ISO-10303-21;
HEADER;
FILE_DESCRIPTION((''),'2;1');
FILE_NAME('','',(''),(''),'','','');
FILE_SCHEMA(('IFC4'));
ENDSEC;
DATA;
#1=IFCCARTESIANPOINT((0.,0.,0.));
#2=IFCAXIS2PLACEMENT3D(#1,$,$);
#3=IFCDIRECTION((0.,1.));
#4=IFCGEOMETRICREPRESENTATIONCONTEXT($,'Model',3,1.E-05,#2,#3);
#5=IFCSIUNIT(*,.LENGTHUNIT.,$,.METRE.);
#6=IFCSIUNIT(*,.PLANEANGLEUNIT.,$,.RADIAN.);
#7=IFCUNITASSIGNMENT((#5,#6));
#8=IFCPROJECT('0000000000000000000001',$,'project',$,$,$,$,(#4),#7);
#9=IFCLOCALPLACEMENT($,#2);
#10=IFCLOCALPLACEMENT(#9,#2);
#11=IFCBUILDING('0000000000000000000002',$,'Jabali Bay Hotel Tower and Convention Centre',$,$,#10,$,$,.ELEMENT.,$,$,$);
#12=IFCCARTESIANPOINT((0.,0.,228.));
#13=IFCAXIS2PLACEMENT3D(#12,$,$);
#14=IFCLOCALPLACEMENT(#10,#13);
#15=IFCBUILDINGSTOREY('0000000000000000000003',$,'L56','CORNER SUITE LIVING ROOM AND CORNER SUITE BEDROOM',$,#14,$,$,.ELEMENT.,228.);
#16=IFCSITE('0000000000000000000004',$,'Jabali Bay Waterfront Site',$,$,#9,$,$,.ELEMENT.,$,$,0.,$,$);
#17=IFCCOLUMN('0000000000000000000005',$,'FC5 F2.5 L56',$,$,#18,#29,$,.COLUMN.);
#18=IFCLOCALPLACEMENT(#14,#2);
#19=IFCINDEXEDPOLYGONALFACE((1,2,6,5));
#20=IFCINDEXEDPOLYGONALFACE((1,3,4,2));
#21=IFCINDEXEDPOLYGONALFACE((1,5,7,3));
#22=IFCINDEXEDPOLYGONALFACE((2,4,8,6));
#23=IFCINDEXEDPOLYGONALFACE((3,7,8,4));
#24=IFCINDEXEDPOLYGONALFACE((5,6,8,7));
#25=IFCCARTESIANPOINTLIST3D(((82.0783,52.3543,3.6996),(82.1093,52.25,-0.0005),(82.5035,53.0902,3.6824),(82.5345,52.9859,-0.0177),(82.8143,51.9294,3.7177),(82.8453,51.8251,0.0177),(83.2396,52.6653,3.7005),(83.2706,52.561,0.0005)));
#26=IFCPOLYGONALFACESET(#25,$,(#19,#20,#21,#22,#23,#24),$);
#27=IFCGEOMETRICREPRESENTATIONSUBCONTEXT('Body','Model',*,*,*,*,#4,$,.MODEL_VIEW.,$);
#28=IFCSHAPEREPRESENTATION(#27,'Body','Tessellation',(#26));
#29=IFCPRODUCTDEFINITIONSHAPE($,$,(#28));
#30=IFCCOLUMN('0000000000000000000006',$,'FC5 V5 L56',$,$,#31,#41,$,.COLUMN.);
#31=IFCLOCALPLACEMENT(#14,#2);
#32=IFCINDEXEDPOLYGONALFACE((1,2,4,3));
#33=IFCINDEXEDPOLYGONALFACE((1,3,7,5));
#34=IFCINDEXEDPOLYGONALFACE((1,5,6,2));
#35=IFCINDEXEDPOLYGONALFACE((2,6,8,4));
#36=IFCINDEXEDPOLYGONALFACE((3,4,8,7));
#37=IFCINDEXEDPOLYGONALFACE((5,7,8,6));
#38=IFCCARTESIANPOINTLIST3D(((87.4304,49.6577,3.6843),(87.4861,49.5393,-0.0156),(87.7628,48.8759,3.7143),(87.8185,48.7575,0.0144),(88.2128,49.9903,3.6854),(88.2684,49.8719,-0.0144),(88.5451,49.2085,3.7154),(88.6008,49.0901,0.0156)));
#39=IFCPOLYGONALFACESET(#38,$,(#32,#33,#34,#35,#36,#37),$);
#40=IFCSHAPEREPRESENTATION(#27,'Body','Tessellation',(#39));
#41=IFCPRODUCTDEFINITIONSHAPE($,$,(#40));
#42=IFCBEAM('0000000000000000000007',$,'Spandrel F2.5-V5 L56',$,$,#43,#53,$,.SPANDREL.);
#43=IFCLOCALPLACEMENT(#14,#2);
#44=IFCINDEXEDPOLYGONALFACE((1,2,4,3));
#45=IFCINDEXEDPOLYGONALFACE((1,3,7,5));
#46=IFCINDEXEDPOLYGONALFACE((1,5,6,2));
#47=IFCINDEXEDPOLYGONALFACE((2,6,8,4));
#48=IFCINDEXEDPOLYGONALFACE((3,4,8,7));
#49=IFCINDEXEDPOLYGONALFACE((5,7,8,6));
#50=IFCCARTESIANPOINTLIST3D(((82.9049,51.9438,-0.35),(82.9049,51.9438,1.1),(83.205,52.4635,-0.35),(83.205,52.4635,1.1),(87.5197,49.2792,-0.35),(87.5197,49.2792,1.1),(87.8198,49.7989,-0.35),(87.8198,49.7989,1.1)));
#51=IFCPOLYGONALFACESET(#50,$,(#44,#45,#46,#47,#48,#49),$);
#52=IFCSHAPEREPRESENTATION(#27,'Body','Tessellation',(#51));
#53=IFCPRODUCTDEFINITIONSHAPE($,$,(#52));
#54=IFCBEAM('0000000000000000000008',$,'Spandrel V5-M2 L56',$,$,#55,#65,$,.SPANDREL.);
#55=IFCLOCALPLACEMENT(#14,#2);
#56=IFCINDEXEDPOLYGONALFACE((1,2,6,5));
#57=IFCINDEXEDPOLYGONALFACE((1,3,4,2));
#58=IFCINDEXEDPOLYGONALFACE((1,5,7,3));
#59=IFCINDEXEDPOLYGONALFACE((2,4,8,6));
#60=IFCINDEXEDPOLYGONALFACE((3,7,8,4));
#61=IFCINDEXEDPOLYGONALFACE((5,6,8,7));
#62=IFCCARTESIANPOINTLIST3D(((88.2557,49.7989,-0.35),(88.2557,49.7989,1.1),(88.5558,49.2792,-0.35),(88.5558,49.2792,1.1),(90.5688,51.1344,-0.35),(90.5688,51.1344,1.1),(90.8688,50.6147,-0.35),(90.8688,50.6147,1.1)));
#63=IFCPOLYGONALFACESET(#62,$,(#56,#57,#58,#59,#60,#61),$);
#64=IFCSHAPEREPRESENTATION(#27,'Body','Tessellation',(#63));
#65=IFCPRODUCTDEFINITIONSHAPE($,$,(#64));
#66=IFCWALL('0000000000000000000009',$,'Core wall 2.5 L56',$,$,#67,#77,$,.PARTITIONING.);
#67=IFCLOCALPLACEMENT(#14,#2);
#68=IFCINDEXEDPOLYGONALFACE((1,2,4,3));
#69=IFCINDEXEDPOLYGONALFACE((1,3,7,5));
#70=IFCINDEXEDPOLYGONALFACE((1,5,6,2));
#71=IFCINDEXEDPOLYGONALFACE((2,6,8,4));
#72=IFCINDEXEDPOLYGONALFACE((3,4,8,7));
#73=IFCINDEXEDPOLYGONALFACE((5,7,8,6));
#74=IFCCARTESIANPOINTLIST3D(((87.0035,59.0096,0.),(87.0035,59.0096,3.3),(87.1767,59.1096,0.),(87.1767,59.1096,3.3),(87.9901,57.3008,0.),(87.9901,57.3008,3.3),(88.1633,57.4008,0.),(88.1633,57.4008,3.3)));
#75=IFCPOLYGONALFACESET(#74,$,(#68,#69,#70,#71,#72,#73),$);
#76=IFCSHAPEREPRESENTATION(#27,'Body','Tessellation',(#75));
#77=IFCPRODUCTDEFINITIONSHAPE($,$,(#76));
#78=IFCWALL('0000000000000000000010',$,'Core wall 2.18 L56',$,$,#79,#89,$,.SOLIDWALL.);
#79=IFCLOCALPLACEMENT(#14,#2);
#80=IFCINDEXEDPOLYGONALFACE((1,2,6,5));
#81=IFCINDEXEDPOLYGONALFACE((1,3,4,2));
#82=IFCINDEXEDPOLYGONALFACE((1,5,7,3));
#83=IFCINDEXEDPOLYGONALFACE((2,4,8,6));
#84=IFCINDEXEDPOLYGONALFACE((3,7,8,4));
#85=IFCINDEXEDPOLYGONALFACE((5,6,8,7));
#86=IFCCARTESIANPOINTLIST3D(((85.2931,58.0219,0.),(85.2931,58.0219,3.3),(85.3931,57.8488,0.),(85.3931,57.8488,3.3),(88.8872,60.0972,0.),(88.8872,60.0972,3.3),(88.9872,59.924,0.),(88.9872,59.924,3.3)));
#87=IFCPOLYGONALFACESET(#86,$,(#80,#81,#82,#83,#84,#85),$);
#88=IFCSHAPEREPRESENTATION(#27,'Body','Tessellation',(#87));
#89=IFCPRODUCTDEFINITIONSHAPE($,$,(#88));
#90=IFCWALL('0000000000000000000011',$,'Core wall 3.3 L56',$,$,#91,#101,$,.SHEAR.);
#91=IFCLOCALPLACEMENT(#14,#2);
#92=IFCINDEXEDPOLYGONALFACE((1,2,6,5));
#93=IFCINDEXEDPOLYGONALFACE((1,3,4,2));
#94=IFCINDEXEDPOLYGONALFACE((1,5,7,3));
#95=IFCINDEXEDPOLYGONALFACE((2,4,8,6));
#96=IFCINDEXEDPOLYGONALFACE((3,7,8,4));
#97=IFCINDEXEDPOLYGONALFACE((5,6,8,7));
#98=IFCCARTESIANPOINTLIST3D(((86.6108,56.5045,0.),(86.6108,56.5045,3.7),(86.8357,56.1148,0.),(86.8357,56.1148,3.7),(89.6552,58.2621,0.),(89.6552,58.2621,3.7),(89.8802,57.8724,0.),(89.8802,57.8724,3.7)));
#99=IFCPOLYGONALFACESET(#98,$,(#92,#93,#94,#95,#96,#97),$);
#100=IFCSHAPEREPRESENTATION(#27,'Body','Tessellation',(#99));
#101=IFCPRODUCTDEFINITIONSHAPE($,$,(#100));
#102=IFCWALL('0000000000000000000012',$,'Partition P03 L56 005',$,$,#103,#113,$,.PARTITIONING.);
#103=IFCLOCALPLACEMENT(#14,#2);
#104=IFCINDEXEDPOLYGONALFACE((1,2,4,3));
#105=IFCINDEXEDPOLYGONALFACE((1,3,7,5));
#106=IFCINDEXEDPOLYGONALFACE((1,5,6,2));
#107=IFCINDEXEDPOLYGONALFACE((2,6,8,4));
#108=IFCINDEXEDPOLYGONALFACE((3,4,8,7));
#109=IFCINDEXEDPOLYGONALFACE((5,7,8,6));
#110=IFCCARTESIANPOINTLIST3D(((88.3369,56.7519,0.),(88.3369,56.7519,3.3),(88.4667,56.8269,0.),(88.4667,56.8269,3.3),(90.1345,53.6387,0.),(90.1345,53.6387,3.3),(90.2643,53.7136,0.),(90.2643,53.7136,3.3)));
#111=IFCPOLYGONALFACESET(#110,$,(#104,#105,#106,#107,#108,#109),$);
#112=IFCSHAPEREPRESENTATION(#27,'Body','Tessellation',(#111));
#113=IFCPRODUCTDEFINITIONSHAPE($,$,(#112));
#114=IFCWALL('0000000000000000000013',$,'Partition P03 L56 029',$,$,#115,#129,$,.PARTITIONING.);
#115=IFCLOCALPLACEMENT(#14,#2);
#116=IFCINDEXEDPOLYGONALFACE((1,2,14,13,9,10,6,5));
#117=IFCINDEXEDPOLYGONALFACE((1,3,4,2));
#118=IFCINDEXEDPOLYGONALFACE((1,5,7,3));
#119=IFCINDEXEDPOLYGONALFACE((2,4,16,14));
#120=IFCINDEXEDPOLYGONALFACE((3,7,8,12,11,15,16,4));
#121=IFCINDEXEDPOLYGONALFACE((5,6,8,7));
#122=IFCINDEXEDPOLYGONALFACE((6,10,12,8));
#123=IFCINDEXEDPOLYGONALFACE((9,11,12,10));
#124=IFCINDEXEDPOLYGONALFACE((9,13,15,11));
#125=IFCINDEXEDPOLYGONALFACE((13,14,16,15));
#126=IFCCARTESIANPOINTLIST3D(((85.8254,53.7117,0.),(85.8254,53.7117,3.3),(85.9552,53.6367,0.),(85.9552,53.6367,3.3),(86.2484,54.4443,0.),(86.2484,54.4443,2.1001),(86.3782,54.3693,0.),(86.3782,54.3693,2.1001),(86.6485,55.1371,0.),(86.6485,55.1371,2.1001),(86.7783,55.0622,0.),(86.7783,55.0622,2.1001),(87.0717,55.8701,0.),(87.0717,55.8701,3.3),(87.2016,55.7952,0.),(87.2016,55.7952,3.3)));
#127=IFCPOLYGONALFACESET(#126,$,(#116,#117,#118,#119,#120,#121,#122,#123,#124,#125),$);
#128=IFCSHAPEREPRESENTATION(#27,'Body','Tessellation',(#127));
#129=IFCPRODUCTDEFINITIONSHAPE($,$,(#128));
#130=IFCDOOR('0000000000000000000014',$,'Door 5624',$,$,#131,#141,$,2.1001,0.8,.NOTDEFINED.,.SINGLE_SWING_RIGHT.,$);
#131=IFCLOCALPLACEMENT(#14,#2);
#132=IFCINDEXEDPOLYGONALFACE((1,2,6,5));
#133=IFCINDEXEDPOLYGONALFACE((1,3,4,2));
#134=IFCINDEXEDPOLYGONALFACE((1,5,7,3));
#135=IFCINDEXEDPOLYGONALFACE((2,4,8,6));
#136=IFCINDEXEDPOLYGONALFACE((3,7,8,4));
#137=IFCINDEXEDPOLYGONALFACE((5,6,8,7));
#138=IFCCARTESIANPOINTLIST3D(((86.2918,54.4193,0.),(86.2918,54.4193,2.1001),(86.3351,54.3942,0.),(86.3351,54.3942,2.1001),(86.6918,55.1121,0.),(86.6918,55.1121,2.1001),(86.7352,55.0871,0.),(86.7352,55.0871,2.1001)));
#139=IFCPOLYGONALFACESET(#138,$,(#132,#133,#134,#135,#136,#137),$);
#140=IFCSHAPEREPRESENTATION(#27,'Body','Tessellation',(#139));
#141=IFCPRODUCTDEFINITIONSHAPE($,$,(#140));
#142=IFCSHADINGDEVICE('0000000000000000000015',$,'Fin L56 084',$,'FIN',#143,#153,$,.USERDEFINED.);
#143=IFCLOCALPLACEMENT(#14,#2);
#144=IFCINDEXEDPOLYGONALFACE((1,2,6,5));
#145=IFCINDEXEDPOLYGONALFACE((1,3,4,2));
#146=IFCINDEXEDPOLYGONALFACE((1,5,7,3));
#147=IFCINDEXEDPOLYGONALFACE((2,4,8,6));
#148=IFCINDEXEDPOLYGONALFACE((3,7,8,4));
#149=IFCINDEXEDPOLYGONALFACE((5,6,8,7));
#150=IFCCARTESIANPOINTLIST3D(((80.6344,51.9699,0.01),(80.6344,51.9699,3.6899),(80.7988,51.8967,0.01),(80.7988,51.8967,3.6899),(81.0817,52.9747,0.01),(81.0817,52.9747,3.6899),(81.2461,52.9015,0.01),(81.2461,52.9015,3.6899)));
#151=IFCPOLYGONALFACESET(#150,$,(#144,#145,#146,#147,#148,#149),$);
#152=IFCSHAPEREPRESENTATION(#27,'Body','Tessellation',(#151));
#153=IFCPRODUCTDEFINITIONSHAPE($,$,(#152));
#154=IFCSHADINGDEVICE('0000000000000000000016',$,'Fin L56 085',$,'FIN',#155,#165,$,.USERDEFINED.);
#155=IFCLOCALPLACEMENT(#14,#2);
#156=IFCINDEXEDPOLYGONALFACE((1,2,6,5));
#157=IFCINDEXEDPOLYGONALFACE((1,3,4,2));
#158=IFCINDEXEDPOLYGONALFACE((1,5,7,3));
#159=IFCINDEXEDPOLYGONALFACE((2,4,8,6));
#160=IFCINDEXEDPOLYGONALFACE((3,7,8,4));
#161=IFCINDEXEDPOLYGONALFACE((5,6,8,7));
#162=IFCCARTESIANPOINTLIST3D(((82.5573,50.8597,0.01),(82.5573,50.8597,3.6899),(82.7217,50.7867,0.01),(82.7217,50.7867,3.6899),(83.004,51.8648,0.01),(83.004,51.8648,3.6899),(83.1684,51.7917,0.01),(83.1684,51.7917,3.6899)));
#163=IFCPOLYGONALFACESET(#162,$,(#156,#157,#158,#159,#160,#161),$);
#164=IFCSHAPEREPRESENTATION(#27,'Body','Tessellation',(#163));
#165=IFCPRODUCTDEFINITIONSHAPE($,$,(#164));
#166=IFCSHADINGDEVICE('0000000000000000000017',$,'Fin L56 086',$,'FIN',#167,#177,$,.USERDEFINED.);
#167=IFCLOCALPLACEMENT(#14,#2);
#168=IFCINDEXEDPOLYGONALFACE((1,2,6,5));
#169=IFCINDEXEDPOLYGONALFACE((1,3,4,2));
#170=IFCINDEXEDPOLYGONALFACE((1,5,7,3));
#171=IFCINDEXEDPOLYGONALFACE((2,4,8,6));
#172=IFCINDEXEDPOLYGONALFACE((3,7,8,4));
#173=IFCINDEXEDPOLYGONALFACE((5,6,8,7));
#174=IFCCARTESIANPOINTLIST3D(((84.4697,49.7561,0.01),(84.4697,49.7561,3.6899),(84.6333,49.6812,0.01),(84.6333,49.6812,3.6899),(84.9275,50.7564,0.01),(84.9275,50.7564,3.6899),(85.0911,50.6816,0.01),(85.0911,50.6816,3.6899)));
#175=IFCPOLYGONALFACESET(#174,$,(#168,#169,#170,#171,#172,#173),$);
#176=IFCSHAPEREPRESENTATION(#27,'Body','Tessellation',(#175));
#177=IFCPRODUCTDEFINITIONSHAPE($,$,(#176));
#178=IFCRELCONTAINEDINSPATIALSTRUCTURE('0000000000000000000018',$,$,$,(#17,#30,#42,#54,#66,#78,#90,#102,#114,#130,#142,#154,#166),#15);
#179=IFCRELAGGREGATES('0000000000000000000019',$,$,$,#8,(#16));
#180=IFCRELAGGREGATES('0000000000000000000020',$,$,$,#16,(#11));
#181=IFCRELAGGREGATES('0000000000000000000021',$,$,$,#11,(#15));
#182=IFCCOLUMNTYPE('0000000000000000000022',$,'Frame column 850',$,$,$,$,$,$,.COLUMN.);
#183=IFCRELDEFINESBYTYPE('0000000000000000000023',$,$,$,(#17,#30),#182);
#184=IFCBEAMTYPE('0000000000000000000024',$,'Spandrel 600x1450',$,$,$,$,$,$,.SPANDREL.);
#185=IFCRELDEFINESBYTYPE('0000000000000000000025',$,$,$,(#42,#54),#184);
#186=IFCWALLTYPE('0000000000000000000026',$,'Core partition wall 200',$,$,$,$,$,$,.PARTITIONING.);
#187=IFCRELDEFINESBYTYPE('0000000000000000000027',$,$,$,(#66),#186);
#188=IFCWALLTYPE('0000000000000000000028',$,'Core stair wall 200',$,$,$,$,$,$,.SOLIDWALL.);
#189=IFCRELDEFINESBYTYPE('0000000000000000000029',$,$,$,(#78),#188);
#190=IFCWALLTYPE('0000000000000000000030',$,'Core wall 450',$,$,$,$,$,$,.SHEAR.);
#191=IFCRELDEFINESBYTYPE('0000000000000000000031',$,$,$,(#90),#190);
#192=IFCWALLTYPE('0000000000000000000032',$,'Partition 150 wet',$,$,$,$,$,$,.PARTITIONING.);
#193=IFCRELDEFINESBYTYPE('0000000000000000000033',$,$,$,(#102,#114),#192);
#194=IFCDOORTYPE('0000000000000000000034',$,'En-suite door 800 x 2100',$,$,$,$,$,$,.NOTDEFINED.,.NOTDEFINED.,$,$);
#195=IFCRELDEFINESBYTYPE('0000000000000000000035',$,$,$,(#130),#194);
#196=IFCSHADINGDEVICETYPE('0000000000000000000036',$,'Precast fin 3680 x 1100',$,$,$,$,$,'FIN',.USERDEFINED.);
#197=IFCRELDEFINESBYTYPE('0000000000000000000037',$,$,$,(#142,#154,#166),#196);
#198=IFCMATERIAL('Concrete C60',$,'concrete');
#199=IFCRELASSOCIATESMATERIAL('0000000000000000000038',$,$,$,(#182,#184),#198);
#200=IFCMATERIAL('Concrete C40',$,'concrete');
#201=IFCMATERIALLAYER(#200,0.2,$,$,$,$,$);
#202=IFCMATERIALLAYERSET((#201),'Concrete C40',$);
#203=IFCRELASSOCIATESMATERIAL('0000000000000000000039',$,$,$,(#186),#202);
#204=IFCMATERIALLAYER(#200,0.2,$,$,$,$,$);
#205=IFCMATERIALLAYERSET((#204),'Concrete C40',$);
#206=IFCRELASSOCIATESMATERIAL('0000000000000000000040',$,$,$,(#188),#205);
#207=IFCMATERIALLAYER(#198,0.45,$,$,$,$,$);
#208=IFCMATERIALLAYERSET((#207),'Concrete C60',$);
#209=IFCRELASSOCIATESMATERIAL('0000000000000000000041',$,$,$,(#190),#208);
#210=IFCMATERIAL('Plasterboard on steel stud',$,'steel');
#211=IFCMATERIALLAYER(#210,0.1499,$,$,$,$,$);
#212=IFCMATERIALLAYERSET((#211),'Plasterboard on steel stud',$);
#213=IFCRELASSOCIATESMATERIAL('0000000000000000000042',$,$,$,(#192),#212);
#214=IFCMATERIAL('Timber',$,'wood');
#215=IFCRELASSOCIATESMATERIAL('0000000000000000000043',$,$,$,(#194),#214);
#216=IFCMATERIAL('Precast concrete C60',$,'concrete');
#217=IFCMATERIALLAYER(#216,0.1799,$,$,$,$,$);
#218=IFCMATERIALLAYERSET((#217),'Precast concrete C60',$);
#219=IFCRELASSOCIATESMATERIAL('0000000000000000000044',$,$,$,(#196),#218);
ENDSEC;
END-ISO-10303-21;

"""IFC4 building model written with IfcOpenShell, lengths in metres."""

from ifc_helpers import new_model, si_unit, direction, frame, frame_2d, origin, origin_2d, place, context, subcontext, project, spatial, rectangle, extrude, material, layer, layer_set, material_profile, profile_set, type_object, element, fill, save


model = new_model("IFC4")

# Units and contexts
model_context = context("Model", 3, precision=1e-05, world=origin(), true_north=direction((0.0, 1.0)))
body_context = subcontext(model_context, "Body", "Model", "MODEL_VIEW")
ifc_project = project(units=[si_unit("LENGTHUNIT", "METRE"), si_unit("PLANEANGLEUNIT", "RADIAN")], contexts=[model_context])

# Site, building, storey
site_placement = place(None, origin())
site = spatial("IfcSite", under=ifc_project, at=site_placement, Name="Jabali Bay Waterfront Site", CompositionType="ELEMENT", RefElevation=0.0)
building_placement = place(site_placement, origin())
building = spatial("IfcBuilding", under=site, at=building_placement, Name="Jabali Bay Hotel Tower and Convention Centre", CompositionType="ELEMENT")
storey_placement = place(building_placement, frame((0.0, 0.0, 228.0)))
storey = spatial("IfcBuildingStorey", under=building, at=storey_placement, Name="L56", Description="CORNER SUITE LIVING ROOM AND CORNER SUITE BEDROOM", CompositionType="ELEMENT", Elevation=228.0)

# Columns
ifc_material_1 = material(Name="Concrete C60", Category="concrete")
ifc_material_profile_1 = material_profile(ifc_material_1, rectangle(XDim=0.8501, YDim=0.8501, at=origin_2d()), Name="Frame column 850")
ifc_profile_set_1 = profile_set([ifc_material_profile_1], Name="Concrete C60")
column_type = type_object("IfcColumnType", Name="Frame column 850", PredefinedType="COLUMN", material=ifc_profile_set_1)
column_1_placement = place(storey_placement, frame((82.6899, 52.4055, 0.0), z_axis=(-0.008376, 0.028163, 0.999568), x_axis=(-0.50024, -0.865651, 0.020198)))
element("IfcColumn", 1, at=column_1_placement, inside=storey, type_object=column_type, Name="FC5 F2.5 L56", PredefinedType="COLUMN", context=body_context, shape_type="SweptSolid", body=[
    extrude(rectangle(XDim=0.8501, YDim=0.8501, at=origin_2d()), origin(), (0.0, 0.0, 1.0), 3.7017),
])
column_2_placement = place(storey_placement, frame((88.0435, 49.3147, 0.0), z_axis=(-0.015035, 0.031983, 0.999375), x_axis=(0.390992, -0.919716, 0.035316)))
element("IfcColumn", 2, at=column_2_placement, inside=storey, type_object=column_type, Name="FC5 V5 L56", PredefinedType="COLUMN", context=body_context, shape_type="SweptSolid", body=[
    extrude(rectangle(XDim=0.8501, YDim=0.8501, at=origin_2d()), origin(), (0.0, 0.0, 1.0), 3.7021),
])

# Beams
ifc_material_profile_2 = material_profile(ifc_material_1, rectangle(XDim=0.6001, YDim=1.45, at=origin_2d()), Name="Spandrel 600x1450")
ifc_profile_set_2 = profile_set([ifc_material_profile_2], Name="Concrete C60")
beam_type = type_object("IfcBeamType", Name="Spandrel 600x1450", PredefinedType="SPANDREL", material=ifc_profile_set_2)
beam_1_placement = place(storey_placement, frame((83.0549, 52.2036, 0.375), z_axis=(0.866007, -0.500032, 0.0), x_axis=(0.500032, 0.866007, 0.0)))
element("IfcBeam", 3, at=beam_1_placement, inside=storey, type_object=beam_type, Name="Spandrel F2.5-V5 L56", PredefinedType="SPANDREL", context=body_context, shape_type="SweptSolid", body=[
    extrude(rectangle(XDim=0.6001, YDim=1.45, at=origin_2d()), origin(), (0.0, 0.0, 1.0), 5.3289),
])
beam_2_placement = place(storey_placement, frame((88.4058, 49.5391, 0.375), z_axis=(0.866018, 0.500013, 0.0), x_axis=(-0.500013, 0.866018, 0.0)))
element("IfcBeam", 4, at=beam_2_placement, inside=storey, type_object=beam_type, Name="Spandrel V5-M2 L56", PredefinedType="SPANDREL", context=body_context, shape_type="SweptSolid", body=[
    extrude(rectangle(XDim=0.6001, YDim=1.45, at=origin_2d()), origin(), (0.0, 0.0, 1.0), 2.6709),
])

# Walls
ifc_material_2 = material(Name="Concrete C40", Category="concrete")
ifc_layer_1 = layer(ifc_material_2, 0.2)
ifc_layer_set_1 = layer_set([ifc_layer_1], Name="Concrete C40")
wall_type_1 = type_object("IfcWallType", Name="Core partition wall 200", PredefinedType="PARTITIONING", material=ifc_layer_set_1)
wall_1_placement = place(storey_placement, frame((87.0901, 59.0596, 0.0), z_axis=(0.0, 0.0, 1.0), x_axis=(0.500012, -0.866019, 0.0)))
element("IfcWall", 5, at=wall_1_placement, inside=storey, type_object=wall_type_1, Name="Core wall 2.5 L56", PredefinedType="PARTITIONING", context=body_context, shape_type="SweptSolid", body=[
    extrude(rectangle(XDim=1.9731, YDim=0.2, at=frame_2d((0.9866, 0.0))), origin(), (0.0, 0.0, 1.0), 3.3),
])
ifc_layer_2 = layer(ifc_material_2, 0.2)
ifc_layer_set_2 = layer_set([ifc_layer_2], Name="Concrete C40")
wall_type_2 = type_object("IfcWallType", Name="Core stair wall 200", PredefinedType="SOLIDWALL", material=ifc_layer_set_2)
wall_2_placement = place(storey_placement, frame((85.343, 57.9353, 0.0), z_axis=(0.0, 0.0, 1.0), x_axis=(0.866004, 0.500036, 0.0)))
element("IfcWall", 6, at=wall_2_placement, inside=storey, type_object=wall_type_2, Name="Core wall 2.18 L56", PredefinedType="SOLIDWALL", context=body_context, shape_type="SweptSolid", body=[
    extrude(rectangle(XDim=4.1501, YDim=0.2, at=frame_2d((2.0752, 0.0))), origin(), (0.0, 0.0, 1.0), 3.3),
])
ifc_layer_3 = layer(ifc_material_1, 0.45)
ifc_layer_set_3 = layer_set([ifc_layer_3], Name="Concrete C60")
wall_type_3 = type_object("IfcWallType", Name="Core wall 450", PredefinedType="SHEAR", material=ifc_layer_set_3)
wall_3_placement = place(storey_placement, frame((86.7231, 56.3096, 0.0), z_axis=(0.0, 0.0, 1.0), x_axis=(0.866042, 0.499971, 0.0)))
element("IfcWall", 7, at=wall_3_placement, inside=storey, type_object=wall_type_3, Name="Core wall 3.3 L56", PredefinedType="SHEAR", context=body_context, shape_type="SweptSolid", body=[
    extrude(rectangle(XDim=3.5154, YDim=0.45, at=frame_2d((1.7578, 0.0))), origin(), (0.0, 0.0, 1.0), 3.7),
])

# Wall
ifc_material_3 = material(Name="Plasterboard on steel stud", Category="steel")
ifc_layer_4 = layer(ifc_material_3, 0.1499)
ifc_layer_set_4 = layer_set([ifc_layer_4], Name="Plasterboard on steel stud")
wall_type_4 = type_object("IfcWallType", Name="Partition 150 wet", PredefinedType="PARTITIONING", material=ifc_layer_set_4)
wall_4_placement = place(storey_placement, frame((88.4019, 56.7893, 0.0), z_axis=(0.0, 0.0, 1.0), x_axis=(0.500032, -0.866007, 0.0)))
element("IfcWall", 8, at=wall_4_placement, inside=storey, type_object=wall_type_4, Name="Partition P03 L56 005", PredefinedType="PARTITIONING", context=body_context, shape_type="SweptSolid", body=[
    extrude(rectangle(XDim=3.595, YDim=0.1499, at=frame_2d((1.7974, 0.0))), origin(), (0.0, 0.0, 1.0), 3.3),
])

# Wall, opening, door
wall_5_placement = place(storey_placement, frame((85.8904, 53.6743, 0.0), z_axis=(0.0, 0.0, 1.0), x_axis=(0.500047, 0.865998, 0.0)))
wall_5 = element("IfcWall", 9, at=wall_5_placement, inside=storey, type_object=wall_type_4, Name="Partition P03 L56 029", PredefinedType="PARTITIONING", context=body_context, shape_type="SweptSolid", body=[
    extrude(rectangle(XDim=2.4924, YDim=0.1499, at=frame_2d((1.2461, 0.0))), origin(), (0.0, 0.0, 1.0), 3.3),
])
opening_1_placement = place(wall_5_placement, frame((0.8459, 0.0, 0.0)))
opening_1 = element("IfcOpeningElement", 10, at=opening_1_placement, cuts=wall_5, PredefinedType="OPENING", context=body_context, shape_type="SweptSolid", body=[
    extrude(rectangle(XDim=0.8, YDim=2.1001, at=frame_2d((0.3999, 1.05))), frame((0.0, 0.0854, 0.0), z_axis=(0.0, -1.0, 0.0), x_axis=(1.0, 0.0, 0.0)), (0.0, 0.0, 1.0), 0.1709),
])
ifc_material_4 = material(Name="Timber", Category="wood")
door_type_1 = type_object("IfcDoorType", Name="En-suite door 800 x 2100", OperationType="NOTDEFINED", PredefinedType="NOTDEFINED", material=ifc_material_4)
door_1_placement = place(opening_1_placement, origin())
door_1 = element("IfcDoor", 11, at=door_1_placement, inside=storey, type_object=door_type_1, Name="Door 5624", OperationType="SINGLE_SWING_RIGHT", OverallHeight=2.1001, OverallWidth=0.8, PredefinedType="NOTDEFINED", context=body_context, shape_type="SweptSolid", body=[
    extrude(rectangle(XDim=0.8, YDim=2.1001, at=frame_2d((0.3999, 1.05))), frame((0.0, 0.0249, 0.0), z_axis=(0.0, -1.0, 0.0), x_axis=(1.0, 0.0, 0.0)), (0.0, 0.0, 1.0), 0.05),
])
fill(opening_1, door_1)

# Shading devices
ifc_material_5 = material(Name="Precast concrete C60", Category="concrete")
ifc_layer_5 = layer(ifc_material_5, 0.1799)
ifc_layer_set_5 = layer_set([ifc_layer_5], Name="Precast concrete C60")
shading_device_type_1 = type_object("IfcShadingDeviceType", Name="Precast fin 3680 x 1100", ElementType="FIN", PredefinedType="USERDEFINED", material=ifc_layer_set_5)
for number, where, z_axis, x_axis, name in (
    (12, (81.1638, 52.938, 0.01), (0.0, 0.0, 1.0), (-0.406633, -0.913592, 0.0), "Fin L56 084"),
    (13, (83.0862, 51.8281, 0.01), (0.0, 0.0, 1.0), (-0.40618, -0.913793, 0.0), "Fin L56 085"),
):
    element("IfcShadingDevice", number, at=place(storey_placement, frame(where, z_axis=z_axis, x_axis=x_axis)), inside=storey, type_object=shading_device_type_1, Name=name, ObjectType="FIN", PredefinedType="USERDEFINED", context=body_context, shape_type="SweptSolid", body=[
        extrude(rectangle(XDim=1.0999, YDim=0.1799, at=frame_2d((0.5498, 0.0))), origin(), (0.0, 0.0, 1.0), 3.6799),
    ])
for number, where, z_axis, x_axis, name in (
    (14, (85.0093, 50.719, 0.01), (0.0, 0.0, 1.0), (-0.416143, -0.909299, 0.0), "Fin L56 086"),
):
    element("IfcShadingDevice", number, at=place(storey_placement, frame(where, z_axis=z_axis, x_axis=x_axis)), inside=storey, type_object=shading_device_type_1, Name=name, ObjectType="FIN", PredefinedType="USERDEFINED", context=body_context, shape_type="SweptSolid", body=[
        extrude(rectangle(XDim=1.1001, YDim=0.1799, at=frame_2d((0.55, 0.0))), origin(), (0.0, 0.0, 1.0), 3.6799),
    ])

save(model, "model.ifc")
